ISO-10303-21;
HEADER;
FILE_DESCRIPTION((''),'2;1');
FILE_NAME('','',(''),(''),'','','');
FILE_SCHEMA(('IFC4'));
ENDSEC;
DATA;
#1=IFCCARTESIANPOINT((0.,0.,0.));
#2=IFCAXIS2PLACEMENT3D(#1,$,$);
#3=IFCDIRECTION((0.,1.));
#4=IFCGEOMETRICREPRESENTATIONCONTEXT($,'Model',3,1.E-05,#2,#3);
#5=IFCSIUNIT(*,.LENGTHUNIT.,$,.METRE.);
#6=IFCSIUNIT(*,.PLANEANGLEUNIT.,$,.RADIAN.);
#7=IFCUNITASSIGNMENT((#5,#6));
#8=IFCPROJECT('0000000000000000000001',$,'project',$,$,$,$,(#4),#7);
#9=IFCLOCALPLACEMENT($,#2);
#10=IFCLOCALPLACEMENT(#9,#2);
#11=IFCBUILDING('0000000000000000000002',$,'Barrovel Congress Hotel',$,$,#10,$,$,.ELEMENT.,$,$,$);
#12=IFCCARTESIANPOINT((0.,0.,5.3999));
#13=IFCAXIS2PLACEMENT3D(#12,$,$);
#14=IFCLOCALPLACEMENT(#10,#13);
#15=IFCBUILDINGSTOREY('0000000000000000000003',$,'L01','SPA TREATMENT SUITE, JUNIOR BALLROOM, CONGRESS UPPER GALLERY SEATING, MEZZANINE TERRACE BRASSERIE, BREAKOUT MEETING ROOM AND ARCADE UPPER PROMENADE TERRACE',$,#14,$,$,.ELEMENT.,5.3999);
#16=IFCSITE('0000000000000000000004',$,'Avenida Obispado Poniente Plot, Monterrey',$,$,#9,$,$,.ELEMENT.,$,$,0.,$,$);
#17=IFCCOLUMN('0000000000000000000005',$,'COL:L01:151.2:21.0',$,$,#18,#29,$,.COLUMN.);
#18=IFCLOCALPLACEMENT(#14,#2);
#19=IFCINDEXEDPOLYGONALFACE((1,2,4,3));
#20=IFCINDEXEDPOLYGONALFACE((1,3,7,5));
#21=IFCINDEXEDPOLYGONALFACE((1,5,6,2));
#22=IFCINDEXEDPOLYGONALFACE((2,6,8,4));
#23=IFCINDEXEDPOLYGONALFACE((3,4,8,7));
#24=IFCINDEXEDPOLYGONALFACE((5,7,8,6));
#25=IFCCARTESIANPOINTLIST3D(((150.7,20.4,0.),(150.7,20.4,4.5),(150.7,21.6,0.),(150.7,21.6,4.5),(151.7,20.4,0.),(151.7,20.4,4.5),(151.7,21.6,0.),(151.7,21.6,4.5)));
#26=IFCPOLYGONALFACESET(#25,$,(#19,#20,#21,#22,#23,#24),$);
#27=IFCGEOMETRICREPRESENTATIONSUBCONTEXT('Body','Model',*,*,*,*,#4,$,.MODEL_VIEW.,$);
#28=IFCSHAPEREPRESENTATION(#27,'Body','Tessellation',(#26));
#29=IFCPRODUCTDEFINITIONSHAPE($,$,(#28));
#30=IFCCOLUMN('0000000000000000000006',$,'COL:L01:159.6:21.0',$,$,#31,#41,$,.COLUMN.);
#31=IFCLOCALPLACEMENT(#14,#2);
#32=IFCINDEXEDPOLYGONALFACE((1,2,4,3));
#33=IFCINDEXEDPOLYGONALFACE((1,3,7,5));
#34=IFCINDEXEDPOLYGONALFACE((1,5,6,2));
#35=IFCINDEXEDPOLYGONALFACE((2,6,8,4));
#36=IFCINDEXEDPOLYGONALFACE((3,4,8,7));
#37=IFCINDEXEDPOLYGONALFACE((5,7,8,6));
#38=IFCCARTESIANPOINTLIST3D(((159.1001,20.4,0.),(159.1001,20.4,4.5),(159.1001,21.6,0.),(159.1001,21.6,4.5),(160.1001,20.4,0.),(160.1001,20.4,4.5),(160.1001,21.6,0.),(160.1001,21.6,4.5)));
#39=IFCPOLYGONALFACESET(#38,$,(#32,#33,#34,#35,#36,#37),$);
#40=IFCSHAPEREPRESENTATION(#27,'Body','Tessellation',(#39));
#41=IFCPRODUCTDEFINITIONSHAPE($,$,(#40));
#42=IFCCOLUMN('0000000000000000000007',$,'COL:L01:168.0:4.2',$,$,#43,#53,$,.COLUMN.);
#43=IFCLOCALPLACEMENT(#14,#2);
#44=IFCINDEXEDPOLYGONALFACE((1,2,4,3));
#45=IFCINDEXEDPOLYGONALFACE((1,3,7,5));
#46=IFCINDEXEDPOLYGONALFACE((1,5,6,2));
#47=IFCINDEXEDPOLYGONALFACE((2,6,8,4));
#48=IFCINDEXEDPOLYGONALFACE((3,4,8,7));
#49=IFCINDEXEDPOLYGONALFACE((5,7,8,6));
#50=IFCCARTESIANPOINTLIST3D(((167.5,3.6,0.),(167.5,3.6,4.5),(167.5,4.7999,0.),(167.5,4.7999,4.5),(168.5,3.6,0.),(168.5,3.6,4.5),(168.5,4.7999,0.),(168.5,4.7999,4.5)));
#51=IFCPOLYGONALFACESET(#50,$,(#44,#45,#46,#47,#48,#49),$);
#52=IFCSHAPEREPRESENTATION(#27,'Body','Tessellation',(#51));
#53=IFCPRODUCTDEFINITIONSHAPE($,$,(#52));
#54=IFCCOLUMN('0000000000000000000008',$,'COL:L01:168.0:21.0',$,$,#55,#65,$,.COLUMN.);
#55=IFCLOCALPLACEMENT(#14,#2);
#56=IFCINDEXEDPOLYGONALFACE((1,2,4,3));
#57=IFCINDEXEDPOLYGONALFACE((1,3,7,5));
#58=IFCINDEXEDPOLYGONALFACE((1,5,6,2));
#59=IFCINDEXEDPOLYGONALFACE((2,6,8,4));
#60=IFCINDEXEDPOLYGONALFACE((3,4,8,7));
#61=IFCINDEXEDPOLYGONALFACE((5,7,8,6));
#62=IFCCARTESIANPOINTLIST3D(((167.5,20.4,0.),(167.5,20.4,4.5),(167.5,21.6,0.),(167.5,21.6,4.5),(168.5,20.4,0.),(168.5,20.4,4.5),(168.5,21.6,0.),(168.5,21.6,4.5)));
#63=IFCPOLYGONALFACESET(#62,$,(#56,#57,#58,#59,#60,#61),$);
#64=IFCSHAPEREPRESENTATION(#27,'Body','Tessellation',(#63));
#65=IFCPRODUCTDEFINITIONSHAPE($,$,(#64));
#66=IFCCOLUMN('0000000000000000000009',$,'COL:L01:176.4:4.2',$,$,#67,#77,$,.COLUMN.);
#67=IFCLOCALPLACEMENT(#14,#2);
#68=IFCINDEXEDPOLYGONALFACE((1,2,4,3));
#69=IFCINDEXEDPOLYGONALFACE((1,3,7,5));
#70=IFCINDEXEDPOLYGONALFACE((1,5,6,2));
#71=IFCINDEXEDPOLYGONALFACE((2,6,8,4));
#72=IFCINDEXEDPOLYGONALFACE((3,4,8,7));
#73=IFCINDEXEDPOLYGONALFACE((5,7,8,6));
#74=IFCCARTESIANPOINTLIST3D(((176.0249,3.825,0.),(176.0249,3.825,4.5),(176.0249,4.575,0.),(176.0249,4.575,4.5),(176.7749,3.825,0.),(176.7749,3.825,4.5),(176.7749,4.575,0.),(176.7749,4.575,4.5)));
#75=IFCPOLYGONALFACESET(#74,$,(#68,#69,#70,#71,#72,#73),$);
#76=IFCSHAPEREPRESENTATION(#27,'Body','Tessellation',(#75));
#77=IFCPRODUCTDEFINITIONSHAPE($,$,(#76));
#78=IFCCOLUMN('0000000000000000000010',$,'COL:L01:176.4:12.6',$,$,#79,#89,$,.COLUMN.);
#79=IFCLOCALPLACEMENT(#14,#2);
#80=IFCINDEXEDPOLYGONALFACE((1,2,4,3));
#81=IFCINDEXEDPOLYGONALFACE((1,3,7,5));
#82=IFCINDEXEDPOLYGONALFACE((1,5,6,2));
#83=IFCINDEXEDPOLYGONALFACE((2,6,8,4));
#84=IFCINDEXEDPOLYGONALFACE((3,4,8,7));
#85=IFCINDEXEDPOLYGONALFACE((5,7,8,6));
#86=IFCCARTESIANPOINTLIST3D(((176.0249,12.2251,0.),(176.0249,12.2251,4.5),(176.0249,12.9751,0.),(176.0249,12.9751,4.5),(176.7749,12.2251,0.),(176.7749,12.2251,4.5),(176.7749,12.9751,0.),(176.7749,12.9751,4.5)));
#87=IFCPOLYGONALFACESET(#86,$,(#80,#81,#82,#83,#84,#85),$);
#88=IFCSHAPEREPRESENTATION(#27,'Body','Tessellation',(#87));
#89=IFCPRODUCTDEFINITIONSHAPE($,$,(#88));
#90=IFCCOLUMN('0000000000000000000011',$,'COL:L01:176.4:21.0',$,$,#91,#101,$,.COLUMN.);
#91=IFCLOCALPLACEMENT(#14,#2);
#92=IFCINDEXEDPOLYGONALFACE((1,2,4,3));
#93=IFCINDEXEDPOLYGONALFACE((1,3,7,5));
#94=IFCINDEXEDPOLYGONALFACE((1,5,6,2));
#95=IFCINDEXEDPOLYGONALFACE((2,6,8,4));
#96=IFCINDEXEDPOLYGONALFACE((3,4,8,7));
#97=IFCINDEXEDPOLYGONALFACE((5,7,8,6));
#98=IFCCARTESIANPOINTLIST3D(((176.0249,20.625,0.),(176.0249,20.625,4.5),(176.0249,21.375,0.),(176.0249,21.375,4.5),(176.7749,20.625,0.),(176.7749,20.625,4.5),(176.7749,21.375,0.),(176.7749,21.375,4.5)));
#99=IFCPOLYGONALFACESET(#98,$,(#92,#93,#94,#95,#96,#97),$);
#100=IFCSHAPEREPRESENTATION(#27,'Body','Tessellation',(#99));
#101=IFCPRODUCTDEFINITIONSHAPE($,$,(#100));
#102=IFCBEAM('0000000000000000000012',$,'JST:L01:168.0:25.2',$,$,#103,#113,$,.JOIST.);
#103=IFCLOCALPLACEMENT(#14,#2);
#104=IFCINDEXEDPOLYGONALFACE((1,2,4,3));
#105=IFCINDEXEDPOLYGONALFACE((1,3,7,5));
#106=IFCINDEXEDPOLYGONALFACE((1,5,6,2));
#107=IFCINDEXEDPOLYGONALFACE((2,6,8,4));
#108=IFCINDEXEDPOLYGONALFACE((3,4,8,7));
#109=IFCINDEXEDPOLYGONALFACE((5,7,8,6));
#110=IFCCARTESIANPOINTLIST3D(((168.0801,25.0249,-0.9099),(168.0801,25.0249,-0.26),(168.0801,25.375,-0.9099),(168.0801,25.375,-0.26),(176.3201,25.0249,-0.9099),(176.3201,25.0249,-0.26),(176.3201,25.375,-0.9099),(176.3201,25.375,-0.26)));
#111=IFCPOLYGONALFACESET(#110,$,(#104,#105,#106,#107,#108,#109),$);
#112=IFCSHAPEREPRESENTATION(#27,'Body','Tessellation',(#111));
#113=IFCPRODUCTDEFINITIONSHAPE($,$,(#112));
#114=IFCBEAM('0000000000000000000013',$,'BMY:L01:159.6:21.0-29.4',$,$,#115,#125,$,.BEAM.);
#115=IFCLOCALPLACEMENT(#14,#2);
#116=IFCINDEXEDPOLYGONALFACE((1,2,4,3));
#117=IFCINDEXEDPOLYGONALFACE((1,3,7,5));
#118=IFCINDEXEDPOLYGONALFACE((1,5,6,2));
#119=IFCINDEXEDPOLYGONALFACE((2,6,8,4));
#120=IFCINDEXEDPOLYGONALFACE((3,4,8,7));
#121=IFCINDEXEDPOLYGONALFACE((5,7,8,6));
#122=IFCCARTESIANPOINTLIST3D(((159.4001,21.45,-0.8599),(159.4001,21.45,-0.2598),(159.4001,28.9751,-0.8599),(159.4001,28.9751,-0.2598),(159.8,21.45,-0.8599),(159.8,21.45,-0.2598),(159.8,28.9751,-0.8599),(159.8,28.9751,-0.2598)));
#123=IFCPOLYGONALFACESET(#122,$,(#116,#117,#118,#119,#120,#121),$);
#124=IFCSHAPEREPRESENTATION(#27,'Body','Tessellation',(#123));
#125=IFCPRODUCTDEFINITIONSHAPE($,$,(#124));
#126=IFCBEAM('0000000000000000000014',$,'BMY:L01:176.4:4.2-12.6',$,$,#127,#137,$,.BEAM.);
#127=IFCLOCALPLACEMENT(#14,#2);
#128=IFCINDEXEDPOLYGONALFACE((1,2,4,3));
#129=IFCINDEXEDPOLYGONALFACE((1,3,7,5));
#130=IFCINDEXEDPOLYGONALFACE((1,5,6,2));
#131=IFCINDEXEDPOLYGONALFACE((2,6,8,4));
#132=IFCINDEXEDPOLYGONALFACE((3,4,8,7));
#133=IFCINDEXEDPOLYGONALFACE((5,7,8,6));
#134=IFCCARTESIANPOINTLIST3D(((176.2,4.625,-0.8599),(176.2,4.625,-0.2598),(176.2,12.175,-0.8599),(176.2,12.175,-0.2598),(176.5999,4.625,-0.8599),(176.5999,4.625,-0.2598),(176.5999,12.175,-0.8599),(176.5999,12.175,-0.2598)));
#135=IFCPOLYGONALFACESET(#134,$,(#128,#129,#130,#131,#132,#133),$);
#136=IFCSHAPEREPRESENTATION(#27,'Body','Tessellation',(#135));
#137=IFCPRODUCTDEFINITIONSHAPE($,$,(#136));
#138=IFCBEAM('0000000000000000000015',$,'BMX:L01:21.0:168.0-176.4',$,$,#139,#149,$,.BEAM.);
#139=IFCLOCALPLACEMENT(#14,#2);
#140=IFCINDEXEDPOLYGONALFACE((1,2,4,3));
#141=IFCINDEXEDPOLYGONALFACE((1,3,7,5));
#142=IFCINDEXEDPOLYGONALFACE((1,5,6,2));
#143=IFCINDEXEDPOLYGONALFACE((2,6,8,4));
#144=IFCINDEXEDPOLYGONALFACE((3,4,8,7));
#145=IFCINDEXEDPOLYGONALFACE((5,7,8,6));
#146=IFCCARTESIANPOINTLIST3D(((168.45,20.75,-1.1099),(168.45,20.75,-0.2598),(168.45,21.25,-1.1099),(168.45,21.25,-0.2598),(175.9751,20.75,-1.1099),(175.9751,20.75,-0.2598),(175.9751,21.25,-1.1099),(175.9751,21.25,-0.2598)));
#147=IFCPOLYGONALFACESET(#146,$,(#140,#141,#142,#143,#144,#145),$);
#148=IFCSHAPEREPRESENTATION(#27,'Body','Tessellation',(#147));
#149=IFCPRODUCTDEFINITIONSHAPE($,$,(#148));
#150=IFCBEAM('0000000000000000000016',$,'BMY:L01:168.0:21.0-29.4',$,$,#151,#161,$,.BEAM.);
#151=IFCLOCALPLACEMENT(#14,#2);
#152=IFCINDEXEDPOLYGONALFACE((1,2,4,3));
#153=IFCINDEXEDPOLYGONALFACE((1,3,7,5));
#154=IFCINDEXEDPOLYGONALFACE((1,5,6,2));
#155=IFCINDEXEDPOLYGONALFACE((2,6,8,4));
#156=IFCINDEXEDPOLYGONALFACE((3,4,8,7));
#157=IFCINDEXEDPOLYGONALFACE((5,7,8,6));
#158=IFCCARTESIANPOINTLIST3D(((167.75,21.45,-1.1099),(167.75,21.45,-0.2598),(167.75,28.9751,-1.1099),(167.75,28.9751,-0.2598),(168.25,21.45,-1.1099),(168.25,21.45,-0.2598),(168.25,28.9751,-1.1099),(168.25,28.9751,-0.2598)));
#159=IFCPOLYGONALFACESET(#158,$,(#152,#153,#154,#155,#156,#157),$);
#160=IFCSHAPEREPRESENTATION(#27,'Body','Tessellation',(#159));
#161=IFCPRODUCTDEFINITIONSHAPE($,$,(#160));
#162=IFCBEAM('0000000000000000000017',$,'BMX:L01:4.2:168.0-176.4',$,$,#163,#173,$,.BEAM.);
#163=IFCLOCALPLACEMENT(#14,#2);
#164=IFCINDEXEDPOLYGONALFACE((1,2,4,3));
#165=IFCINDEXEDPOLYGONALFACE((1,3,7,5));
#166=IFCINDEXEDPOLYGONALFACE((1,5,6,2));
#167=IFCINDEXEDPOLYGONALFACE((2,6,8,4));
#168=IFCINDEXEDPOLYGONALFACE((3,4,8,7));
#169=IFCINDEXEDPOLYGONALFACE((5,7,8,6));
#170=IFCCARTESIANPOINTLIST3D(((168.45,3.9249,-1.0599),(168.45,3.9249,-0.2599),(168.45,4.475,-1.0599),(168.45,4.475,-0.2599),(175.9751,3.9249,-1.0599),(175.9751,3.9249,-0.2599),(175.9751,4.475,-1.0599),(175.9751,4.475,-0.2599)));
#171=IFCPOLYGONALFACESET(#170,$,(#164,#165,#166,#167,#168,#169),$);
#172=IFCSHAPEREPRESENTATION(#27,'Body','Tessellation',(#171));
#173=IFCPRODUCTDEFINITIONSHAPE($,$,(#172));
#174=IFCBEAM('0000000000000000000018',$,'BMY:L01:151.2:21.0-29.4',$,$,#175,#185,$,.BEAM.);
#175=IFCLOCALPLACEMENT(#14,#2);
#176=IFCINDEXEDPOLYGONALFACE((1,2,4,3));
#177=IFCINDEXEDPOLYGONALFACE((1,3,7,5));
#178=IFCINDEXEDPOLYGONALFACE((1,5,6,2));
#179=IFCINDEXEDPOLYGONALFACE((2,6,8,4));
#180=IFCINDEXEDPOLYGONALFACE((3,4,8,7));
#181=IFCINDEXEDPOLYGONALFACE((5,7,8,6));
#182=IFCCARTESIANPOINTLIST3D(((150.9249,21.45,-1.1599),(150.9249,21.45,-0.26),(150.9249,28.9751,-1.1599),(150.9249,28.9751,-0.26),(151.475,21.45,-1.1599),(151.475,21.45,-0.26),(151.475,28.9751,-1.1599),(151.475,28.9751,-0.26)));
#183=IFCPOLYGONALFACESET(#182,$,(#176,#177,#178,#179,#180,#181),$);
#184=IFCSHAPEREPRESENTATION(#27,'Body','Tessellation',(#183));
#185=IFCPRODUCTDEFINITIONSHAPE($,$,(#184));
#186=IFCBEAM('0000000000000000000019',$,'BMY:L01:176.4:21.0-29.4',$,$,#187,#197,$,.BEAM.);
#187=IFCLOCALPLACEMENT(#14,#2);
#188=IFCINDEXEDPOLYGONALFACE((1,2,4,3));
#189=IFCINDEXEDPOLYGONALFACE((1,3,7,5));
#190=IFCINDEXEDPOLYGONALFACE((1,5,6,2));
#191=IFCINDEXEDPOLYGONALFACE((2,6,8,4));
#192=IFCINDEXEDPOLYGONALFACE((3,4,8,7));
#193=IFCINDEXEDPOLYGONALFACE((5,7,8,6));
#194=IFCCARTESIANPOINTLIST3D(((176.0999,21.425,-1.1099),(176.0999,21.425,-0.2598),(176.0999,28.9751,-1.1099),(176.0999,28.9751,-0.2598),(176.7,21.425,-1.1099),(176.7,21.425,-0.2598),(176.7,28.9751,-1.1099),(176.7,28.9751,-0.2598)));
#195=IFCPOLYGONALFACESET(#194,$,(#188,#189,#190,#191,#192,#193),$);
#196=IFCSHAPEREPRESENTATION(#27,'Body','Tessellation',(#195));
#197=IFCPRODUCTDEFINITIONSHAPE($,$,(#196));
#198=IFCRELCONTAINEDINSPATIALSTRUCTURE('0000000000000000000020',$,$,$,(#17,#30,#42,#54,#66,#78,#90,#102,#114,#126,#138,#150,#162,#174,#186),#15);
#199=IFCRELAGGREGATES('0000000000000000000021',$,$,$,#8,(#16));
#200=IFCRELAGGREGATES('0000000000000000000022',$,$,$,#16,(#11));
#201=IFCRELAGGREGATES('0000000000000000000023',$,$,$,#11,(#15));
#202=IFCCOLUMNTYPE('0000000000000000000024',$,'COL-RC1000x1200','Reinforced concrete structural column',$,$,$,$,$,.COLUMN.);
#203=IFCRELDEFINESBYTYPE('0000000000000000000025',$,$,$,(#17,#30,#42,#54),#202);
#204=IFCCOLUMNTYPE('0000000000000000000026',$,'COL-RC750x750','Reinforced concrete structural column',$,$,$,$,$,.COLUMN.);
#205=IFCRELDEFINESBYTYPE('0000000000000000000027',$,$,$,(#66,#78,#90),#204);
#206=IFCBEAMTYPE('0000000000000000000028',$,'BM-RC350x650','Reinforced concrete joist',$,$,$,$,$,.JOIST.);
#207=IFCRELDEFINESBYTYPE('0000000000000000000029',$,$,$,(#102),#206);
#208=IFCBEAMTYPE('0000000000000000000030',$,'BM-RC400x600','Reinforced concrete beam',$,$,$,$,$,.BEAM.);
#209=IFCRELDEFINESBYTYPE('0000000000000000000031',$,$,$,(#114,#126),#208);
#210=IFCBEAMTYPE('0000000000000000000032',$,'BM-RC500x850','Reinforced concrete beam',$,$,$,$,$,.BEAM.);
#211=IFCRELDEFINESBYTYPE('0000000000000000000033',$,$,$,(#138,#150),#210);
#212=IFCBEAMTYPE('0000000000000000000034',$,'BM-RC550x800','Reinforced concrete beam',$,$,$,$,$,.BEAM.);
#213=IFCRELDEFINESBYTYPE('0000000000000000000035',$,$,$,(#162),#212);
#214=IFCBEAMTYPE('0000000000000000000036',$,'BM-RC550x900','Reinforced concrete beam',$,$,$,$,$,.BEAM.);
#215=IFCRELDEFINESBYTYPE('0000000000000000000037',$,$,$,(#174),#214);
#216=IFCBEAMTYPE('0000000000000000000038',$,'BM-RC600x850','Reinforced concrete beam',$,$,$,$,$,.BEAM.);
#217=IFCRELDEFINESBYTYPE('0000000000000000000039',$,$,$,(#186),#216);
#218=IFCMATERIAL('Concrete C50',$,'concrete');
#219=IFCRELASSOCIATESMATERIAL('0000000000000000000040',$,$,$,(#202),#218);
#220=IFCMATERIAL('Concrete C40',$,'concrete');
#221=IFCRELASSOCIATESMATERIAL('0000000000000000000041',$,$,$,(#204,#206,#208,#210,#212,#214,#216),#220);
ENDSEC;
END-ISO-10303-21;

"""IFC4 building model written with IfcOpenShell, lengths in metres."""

from ifc_helpers import new_model, si_unit, direction, frame, origin, origin_2d, place, context, subcontext, project, spatial, rectangle, extrude, material, material_profile, profile_set, type_object, element, save


model = new_model("IFC4")

# Units and contexts
model_context = context("Model", 3, precision=1e-05, world=origin(), true_north=direction((0.0, 1.0)))
body_context = subcontext(model_context, "Body", "Model", "MODEL_VIEW")
ifc_project = project(units=[si_unit("LENGTHUNIT", "METRE"), si_unit("PLANEANGLEUNIT", "RADIAN")], contexts=[model_context])

# Site, building, storey
site_placement = place(None, origin())
site = spatial("IfcSite", under=ifc_project, at=site_placement, Name="Avenida Obispado Poniente Plot, Monterrey", CompositionType="ELEMENT", RefElevation=0.0)
building_placement = place(site_placement, origin())
building = spatial("IfcBuilding", under=site, at=building_placement, Name="Barrovel Congress Hotel", CompositionType="ELEMENT")
storey_placement = place(building_placement, frame((0.0, 0.0, 5.3999)))
storey = spatial("IfcBuildingStorey", under=building, at=storey_placement, Name="L01", Description="SPA TREATMENT SUITE, JUNIOR BALLROOM, CONGRESS UPPER GALLERY SEATING, MEZZANINE TERRACE BRASSERIE, BREAKOUT MEETING ROOM AND ARCADE UPPER PROMENADE TERRACE", CompositionType="ELEMENT", Elevation=5.3999)

# Columns
ifc_material_1 = material(Name="Concrete C50", Category="concrete")
ifc_material_profile_1 = material_profile(ifc_material_1, rectangle(XDim=1.0, YDim=1.2, at=origin_2d()), Name="RC1000x1200")
ifc_profile_set_1 = profile_set([ifc_material_profile_1], Name="Concrete C50")
column_type_1 = type_object("IfcColumnType", Name="COL-RC1000x1200", Description="Reinforced concrete structural column", PredefinedType="COLUMN", material=ifc_profile_set_1)
for number, where, z_axis, x_axis, name in (
    (1, (151.2, 21.0, 0.0), (0.0, 0.0, 1.0), (1.0, 0.0, 0.0), "COL:L01:151.2:21.0"),
    (2, (159.6001, 21.0, 0.0), (0.0, 0.0, 1.0), (1.0, 0.0, 0.0), "COL:L01:159.6:21.0"),
    (3, (168.0, 4.2, 0.0), (0.0, 0.0, 1.0), (1.0, 0.0, 0.0), "COL:L01:168.0:4.2"),
    (4, (168.0, 21.0, 0.0), (0.0, 0.0, 1.0), (1.0, 0.0, 0.0), "COL:L01:168.0:21.0"),
):
    element("IfcColumn", number, at=place(storey_placement, frame(where, z_axis=z_axis, x_axis=x_axis)), inside=storey, type_object=column_type_1, Name=name, PredefinedType="COLUMN", context=body_context, shape_type="SweptSolid", body=[
        extrude(rectangle(XDim=1.0, YDim=1.2, at=origin_2d()), origin(), (0.0, 0.0, 1.0), 4.5),
    ])
ifc_material_2 = material(Name="Concrete C40", Category="concrete")
ifc_material_profile_2 = material_profile(ifc_material_2, rectangle(XDim=0.75, YDim=0.75, at=origin_2d()), Name="RC750x750")
ifc_profile_set_2 = profile_set([ifc_material_profile_2], Name="Concrete C40")
column_type_2 = type_object("IfcColumnType", Name="COL-RC750x750", Description="Reinforced concrete structural column", PredefinedType="COLUMN", material=ifc_profile_set_2)
for number, where, z_axis, x_axis, name in (
    (5, (176.3999, 4.2, 0.0), (0.0, 0.0, 1.0), (1.0, 0.0, 0.0), "COL:L01:176.4:4.2"),
    (6, (176.3999, 12.6001, 0.0), (0.0, 0.0, 1.0), (1.0, 0.0, 0.0), "COL:L01:176.4:12.6"),
    (7, (176.3999, 21.0, 0.0), (0.0, 0.0, 1.0), (1.0, 0.0, 0.0), "COL:L01:176.4:21.0"),
):
    element("IfcColumn", number, at=place(storey_placement, frame(where, z_axis=z_axis, x_axis=x_axis)), inside=storey, type_object=column_type_2, Name=name, PredefinedType="COLUMN", context=body_context, shape_type="SweptSolid", body=[
        extrude(rectangle(XDim=0.75, YDim=0.75, at=origin_2d()), origin(), (0.0, 0.0, 1.0), 4.5),
    ])

# Beams
ifc_material_profile_3 = material_profile(ifc_material_2, rectangle(XDim=0.3501, YDim=0.6499, at=origin_2d()), Name="RC350x650")
ifc_profile_set_3 = profile_set([ifc_material_profile_3], Name="Concrete C40")
beam_type_1 = type_object("IfcBeamType", Name="BM-RC350x650", Description="Reinforced concrete joist", PredefinedType="JOIST", material=ifc_profile_set_3)
beam_1_placement = place(storey_placement, frame((168.0801, 25.2, -0.585), z_axis=(1.0, 0.0, 0.0), x_axis=(0.0, 1.0, 0.0)))
element("IfcBeam", 8, at=beam_1_placement, inside=storey, type_object=beam_type_1, Name="JST:L01:168.0:25.2", PredefinedType="JOIST", context=body_context, shape_type="SweptSolid", body=[
    extrude(rectangle(XDim=0.3501, YDim=0.6499, at=origin_2d()), origin(), (0.0, 0.0, 1.0), 8.24),
])
ifc_material_profile_4 = material_profile(ifc_material_2, rectangle(XDim=0.3999, YDim=0.6001, at=origin_2d()), Name="RC400x600")
ifc_profile_set_4 = profile_set([ifc_material_profile_4], Name="Concrete C40")
beam_type_2 = type_object("IfcBeamType", Name="BM-RC400x600", Description="Reinforced concrete beam", PredefinedType="BEAM", material=ifc_profile_set_4)
beam_2_placement = place(storey_placement, frame((159.6001, 21.45, -0.5598), z_axis=(0.0, 1.0, 0.0), x_axis=(-1.0, 0.0, 0.0)))
element("IfcBeam", 9, at=beam_2_placement, inside=storey, type_object=beam_type_2, Name="BMY:L01:159.6:21.0-29.4", PredefinedType="BEAM", context=body_context, shape_type="SweptSolid", body=[
    extrude(rectangle(XDim=0.3999, YDim=0.6001, at=origin_2d()), origin(), (0.0, 0.0, 1.0), 7.5251),
])
beam_3_placement = place(storey_placement, frame((176.3999, 4.625, -0.5598), z_axis=(0.0, 1.0, 0.0), x_axis=(-1.0, 0.0, 0.0)))
element("IfcBeam", 10, at=beam_3_placement, inside=storey, type_object=beam_type_2, Name="BMY:L01:176.4:4.2-12.6", PredefinedType="BEAM", context=body_context, shape_type="SweptSolid", body=[
    extrude(rectangle(XDim=0.3999, YDim=0.6001, at=origin_2d()), origin(), (0.0, 0.0, 1.0), 7.55),
])
ifc_material_profile_5 = material_profile(ifc_material_2, rectangle(XDim=0.5, YDim=0.8501, at=origin_2d()), Name="RC500x850")
ifc_profile_set_5 = profile_set([ifc_material_profile_5], Name="Concrete C40")
beam_type_3 = type_object("IfcBeamType", Name="BM-RC500x850", Description="Reinforced concrete beam", PredefinedType="BEAM", material=ifc_profile_set_5)
for number, where, z_axis, x_axis, name in (
    (11, (168.45, 21.0, -0.6848), (1.0, 0.0, 0.0), (0.0, 1.0, 0.0), "BMX:L01:21.0:168.0-176.4"),
    (12, (168.0, 21.45, -0.6848), (0.0, 1.0, 0.0), (-1.0, 0.0, 0.0), "BMY:L01:168.0:21.0-29.4"),
):
    element("IfcBeam", number, at=place(storey_placement, frame(where, z_axis=z_axis, x_axis=x_axis)), inside=storey, type_object=beam_type_3, Name=name, PredefinedType="BEAM", context=body_context, shape_type="SweptSolid", body=[
        extrude(rectangle(XDim=0.5, YDim=0.8501, at=origin_2d()), origin(), (0.0, 0.0, 1.0), 7.5251),
    ])
ifc_material_profile_6 = material_profile(ifc_material_2, rectangle(XDim=0.55, YDim=0.8, at=origin_2d()), Name="RC550x800")
ifc_profile_set_6 = profile_set([ifc_material_profile_6], Name="Concrete C40")
beam_type_4 = type_object("IfcBeamType", Name="BM-RC550x800", Description="Reinforced concrete beam", PredefinedType="BEAM", material=ifc_profile_set_6)
beam_4_placement = place(storey_placement, frame((168.45, 4.2, -0.6599), z_axis=(1.0, 0.0, 0.0), x_axis=(0.0, 1.0, 0.0)))
element("IfcBeam", 13, at=beam_4_placement, inside=storey, type_object=beam_type_4, Name="BMX:L01:4.2:168.0-176.4", PredefinedType="BEAM", context=body_context, shape_type="SweptSolid", body=[
    extrude(rectangle(XDim=0.55, YDim=0.8, at=origin_2d()), origin(), (0.0, 0.0, 1.0), 7.5251),
])
ifc_material_profile_7 = material_profile(ifc_material_2, rectangle(XDim=0.55, YDim=0.8999, at=origin_2d()), Name="RC550x900")
ifc_profile_set_7 = profile_set([ifc_material_profile_7], Name="Concrete C40")
beam_type_5 = type_object("IfcBeamType", Name="BM-RC550x900", Description="Reinforced concrete beam", PredefinedType="BEAM", material=ifc_profile_set_7)
beam_5_placement = place(storey_placement, frame((151.2, 21.45, -0.71), z_axis=(0.0, 1.0, 0.0), x_axis=(-1.0, 0.0, 0.0)))
element("IfcBeam", 14, at=beam_5_placement, inside=storey, type_object=beam_type_5, Name="BMY:L01:151.2:21.0-29.4", PredefinedType="BEAM", context=body_context, shape_type="SweptSolid", body=[
    extrude(rectangle(XDim=0.55, YDim=0.8999, at=origin_2d()), origin(), (0.0, 0.0, 1.0), 7.5251),
])
ifc_material_profile_8 = material_profile(ifc_material_2, rectangle(XDim=0.6001, YDim=0.8501, at=origin_2d()), Name="RC600x850")
ifc_profile_set_8 = profile_set([ifc_material_profile_8], Name="Concrete C40")
beam_type_6 = type_object("IfcBeamType", Name="BM-RC600x850", Description="Reinforced concrete beam", PredefinedType="BEAM", material=ifc_profile_set_8)
beam_6_placement = place(storey_placement, frame((176.3999, 21.425, -0.6848), z_axis=(0.0, 1.0, 0.0), x_axis=(-1.0, 0.0, 0.0)))
element("IfcBeam", 15, at=beam_6_placement, inside=storey, type_object=beam_type_6, Name="BMY:L01:176.4:21.0-29.4", PredefinedType="BEAM", context=body_context, shape_type="SweptSolid", body=[
    extrude(rectangle(XDim=0.6001, YDim=0.8501, at=origin_2d()), origin(), (0.0, 0.0, 1.0), 7.55),
])

save(model, "model.ifc")
